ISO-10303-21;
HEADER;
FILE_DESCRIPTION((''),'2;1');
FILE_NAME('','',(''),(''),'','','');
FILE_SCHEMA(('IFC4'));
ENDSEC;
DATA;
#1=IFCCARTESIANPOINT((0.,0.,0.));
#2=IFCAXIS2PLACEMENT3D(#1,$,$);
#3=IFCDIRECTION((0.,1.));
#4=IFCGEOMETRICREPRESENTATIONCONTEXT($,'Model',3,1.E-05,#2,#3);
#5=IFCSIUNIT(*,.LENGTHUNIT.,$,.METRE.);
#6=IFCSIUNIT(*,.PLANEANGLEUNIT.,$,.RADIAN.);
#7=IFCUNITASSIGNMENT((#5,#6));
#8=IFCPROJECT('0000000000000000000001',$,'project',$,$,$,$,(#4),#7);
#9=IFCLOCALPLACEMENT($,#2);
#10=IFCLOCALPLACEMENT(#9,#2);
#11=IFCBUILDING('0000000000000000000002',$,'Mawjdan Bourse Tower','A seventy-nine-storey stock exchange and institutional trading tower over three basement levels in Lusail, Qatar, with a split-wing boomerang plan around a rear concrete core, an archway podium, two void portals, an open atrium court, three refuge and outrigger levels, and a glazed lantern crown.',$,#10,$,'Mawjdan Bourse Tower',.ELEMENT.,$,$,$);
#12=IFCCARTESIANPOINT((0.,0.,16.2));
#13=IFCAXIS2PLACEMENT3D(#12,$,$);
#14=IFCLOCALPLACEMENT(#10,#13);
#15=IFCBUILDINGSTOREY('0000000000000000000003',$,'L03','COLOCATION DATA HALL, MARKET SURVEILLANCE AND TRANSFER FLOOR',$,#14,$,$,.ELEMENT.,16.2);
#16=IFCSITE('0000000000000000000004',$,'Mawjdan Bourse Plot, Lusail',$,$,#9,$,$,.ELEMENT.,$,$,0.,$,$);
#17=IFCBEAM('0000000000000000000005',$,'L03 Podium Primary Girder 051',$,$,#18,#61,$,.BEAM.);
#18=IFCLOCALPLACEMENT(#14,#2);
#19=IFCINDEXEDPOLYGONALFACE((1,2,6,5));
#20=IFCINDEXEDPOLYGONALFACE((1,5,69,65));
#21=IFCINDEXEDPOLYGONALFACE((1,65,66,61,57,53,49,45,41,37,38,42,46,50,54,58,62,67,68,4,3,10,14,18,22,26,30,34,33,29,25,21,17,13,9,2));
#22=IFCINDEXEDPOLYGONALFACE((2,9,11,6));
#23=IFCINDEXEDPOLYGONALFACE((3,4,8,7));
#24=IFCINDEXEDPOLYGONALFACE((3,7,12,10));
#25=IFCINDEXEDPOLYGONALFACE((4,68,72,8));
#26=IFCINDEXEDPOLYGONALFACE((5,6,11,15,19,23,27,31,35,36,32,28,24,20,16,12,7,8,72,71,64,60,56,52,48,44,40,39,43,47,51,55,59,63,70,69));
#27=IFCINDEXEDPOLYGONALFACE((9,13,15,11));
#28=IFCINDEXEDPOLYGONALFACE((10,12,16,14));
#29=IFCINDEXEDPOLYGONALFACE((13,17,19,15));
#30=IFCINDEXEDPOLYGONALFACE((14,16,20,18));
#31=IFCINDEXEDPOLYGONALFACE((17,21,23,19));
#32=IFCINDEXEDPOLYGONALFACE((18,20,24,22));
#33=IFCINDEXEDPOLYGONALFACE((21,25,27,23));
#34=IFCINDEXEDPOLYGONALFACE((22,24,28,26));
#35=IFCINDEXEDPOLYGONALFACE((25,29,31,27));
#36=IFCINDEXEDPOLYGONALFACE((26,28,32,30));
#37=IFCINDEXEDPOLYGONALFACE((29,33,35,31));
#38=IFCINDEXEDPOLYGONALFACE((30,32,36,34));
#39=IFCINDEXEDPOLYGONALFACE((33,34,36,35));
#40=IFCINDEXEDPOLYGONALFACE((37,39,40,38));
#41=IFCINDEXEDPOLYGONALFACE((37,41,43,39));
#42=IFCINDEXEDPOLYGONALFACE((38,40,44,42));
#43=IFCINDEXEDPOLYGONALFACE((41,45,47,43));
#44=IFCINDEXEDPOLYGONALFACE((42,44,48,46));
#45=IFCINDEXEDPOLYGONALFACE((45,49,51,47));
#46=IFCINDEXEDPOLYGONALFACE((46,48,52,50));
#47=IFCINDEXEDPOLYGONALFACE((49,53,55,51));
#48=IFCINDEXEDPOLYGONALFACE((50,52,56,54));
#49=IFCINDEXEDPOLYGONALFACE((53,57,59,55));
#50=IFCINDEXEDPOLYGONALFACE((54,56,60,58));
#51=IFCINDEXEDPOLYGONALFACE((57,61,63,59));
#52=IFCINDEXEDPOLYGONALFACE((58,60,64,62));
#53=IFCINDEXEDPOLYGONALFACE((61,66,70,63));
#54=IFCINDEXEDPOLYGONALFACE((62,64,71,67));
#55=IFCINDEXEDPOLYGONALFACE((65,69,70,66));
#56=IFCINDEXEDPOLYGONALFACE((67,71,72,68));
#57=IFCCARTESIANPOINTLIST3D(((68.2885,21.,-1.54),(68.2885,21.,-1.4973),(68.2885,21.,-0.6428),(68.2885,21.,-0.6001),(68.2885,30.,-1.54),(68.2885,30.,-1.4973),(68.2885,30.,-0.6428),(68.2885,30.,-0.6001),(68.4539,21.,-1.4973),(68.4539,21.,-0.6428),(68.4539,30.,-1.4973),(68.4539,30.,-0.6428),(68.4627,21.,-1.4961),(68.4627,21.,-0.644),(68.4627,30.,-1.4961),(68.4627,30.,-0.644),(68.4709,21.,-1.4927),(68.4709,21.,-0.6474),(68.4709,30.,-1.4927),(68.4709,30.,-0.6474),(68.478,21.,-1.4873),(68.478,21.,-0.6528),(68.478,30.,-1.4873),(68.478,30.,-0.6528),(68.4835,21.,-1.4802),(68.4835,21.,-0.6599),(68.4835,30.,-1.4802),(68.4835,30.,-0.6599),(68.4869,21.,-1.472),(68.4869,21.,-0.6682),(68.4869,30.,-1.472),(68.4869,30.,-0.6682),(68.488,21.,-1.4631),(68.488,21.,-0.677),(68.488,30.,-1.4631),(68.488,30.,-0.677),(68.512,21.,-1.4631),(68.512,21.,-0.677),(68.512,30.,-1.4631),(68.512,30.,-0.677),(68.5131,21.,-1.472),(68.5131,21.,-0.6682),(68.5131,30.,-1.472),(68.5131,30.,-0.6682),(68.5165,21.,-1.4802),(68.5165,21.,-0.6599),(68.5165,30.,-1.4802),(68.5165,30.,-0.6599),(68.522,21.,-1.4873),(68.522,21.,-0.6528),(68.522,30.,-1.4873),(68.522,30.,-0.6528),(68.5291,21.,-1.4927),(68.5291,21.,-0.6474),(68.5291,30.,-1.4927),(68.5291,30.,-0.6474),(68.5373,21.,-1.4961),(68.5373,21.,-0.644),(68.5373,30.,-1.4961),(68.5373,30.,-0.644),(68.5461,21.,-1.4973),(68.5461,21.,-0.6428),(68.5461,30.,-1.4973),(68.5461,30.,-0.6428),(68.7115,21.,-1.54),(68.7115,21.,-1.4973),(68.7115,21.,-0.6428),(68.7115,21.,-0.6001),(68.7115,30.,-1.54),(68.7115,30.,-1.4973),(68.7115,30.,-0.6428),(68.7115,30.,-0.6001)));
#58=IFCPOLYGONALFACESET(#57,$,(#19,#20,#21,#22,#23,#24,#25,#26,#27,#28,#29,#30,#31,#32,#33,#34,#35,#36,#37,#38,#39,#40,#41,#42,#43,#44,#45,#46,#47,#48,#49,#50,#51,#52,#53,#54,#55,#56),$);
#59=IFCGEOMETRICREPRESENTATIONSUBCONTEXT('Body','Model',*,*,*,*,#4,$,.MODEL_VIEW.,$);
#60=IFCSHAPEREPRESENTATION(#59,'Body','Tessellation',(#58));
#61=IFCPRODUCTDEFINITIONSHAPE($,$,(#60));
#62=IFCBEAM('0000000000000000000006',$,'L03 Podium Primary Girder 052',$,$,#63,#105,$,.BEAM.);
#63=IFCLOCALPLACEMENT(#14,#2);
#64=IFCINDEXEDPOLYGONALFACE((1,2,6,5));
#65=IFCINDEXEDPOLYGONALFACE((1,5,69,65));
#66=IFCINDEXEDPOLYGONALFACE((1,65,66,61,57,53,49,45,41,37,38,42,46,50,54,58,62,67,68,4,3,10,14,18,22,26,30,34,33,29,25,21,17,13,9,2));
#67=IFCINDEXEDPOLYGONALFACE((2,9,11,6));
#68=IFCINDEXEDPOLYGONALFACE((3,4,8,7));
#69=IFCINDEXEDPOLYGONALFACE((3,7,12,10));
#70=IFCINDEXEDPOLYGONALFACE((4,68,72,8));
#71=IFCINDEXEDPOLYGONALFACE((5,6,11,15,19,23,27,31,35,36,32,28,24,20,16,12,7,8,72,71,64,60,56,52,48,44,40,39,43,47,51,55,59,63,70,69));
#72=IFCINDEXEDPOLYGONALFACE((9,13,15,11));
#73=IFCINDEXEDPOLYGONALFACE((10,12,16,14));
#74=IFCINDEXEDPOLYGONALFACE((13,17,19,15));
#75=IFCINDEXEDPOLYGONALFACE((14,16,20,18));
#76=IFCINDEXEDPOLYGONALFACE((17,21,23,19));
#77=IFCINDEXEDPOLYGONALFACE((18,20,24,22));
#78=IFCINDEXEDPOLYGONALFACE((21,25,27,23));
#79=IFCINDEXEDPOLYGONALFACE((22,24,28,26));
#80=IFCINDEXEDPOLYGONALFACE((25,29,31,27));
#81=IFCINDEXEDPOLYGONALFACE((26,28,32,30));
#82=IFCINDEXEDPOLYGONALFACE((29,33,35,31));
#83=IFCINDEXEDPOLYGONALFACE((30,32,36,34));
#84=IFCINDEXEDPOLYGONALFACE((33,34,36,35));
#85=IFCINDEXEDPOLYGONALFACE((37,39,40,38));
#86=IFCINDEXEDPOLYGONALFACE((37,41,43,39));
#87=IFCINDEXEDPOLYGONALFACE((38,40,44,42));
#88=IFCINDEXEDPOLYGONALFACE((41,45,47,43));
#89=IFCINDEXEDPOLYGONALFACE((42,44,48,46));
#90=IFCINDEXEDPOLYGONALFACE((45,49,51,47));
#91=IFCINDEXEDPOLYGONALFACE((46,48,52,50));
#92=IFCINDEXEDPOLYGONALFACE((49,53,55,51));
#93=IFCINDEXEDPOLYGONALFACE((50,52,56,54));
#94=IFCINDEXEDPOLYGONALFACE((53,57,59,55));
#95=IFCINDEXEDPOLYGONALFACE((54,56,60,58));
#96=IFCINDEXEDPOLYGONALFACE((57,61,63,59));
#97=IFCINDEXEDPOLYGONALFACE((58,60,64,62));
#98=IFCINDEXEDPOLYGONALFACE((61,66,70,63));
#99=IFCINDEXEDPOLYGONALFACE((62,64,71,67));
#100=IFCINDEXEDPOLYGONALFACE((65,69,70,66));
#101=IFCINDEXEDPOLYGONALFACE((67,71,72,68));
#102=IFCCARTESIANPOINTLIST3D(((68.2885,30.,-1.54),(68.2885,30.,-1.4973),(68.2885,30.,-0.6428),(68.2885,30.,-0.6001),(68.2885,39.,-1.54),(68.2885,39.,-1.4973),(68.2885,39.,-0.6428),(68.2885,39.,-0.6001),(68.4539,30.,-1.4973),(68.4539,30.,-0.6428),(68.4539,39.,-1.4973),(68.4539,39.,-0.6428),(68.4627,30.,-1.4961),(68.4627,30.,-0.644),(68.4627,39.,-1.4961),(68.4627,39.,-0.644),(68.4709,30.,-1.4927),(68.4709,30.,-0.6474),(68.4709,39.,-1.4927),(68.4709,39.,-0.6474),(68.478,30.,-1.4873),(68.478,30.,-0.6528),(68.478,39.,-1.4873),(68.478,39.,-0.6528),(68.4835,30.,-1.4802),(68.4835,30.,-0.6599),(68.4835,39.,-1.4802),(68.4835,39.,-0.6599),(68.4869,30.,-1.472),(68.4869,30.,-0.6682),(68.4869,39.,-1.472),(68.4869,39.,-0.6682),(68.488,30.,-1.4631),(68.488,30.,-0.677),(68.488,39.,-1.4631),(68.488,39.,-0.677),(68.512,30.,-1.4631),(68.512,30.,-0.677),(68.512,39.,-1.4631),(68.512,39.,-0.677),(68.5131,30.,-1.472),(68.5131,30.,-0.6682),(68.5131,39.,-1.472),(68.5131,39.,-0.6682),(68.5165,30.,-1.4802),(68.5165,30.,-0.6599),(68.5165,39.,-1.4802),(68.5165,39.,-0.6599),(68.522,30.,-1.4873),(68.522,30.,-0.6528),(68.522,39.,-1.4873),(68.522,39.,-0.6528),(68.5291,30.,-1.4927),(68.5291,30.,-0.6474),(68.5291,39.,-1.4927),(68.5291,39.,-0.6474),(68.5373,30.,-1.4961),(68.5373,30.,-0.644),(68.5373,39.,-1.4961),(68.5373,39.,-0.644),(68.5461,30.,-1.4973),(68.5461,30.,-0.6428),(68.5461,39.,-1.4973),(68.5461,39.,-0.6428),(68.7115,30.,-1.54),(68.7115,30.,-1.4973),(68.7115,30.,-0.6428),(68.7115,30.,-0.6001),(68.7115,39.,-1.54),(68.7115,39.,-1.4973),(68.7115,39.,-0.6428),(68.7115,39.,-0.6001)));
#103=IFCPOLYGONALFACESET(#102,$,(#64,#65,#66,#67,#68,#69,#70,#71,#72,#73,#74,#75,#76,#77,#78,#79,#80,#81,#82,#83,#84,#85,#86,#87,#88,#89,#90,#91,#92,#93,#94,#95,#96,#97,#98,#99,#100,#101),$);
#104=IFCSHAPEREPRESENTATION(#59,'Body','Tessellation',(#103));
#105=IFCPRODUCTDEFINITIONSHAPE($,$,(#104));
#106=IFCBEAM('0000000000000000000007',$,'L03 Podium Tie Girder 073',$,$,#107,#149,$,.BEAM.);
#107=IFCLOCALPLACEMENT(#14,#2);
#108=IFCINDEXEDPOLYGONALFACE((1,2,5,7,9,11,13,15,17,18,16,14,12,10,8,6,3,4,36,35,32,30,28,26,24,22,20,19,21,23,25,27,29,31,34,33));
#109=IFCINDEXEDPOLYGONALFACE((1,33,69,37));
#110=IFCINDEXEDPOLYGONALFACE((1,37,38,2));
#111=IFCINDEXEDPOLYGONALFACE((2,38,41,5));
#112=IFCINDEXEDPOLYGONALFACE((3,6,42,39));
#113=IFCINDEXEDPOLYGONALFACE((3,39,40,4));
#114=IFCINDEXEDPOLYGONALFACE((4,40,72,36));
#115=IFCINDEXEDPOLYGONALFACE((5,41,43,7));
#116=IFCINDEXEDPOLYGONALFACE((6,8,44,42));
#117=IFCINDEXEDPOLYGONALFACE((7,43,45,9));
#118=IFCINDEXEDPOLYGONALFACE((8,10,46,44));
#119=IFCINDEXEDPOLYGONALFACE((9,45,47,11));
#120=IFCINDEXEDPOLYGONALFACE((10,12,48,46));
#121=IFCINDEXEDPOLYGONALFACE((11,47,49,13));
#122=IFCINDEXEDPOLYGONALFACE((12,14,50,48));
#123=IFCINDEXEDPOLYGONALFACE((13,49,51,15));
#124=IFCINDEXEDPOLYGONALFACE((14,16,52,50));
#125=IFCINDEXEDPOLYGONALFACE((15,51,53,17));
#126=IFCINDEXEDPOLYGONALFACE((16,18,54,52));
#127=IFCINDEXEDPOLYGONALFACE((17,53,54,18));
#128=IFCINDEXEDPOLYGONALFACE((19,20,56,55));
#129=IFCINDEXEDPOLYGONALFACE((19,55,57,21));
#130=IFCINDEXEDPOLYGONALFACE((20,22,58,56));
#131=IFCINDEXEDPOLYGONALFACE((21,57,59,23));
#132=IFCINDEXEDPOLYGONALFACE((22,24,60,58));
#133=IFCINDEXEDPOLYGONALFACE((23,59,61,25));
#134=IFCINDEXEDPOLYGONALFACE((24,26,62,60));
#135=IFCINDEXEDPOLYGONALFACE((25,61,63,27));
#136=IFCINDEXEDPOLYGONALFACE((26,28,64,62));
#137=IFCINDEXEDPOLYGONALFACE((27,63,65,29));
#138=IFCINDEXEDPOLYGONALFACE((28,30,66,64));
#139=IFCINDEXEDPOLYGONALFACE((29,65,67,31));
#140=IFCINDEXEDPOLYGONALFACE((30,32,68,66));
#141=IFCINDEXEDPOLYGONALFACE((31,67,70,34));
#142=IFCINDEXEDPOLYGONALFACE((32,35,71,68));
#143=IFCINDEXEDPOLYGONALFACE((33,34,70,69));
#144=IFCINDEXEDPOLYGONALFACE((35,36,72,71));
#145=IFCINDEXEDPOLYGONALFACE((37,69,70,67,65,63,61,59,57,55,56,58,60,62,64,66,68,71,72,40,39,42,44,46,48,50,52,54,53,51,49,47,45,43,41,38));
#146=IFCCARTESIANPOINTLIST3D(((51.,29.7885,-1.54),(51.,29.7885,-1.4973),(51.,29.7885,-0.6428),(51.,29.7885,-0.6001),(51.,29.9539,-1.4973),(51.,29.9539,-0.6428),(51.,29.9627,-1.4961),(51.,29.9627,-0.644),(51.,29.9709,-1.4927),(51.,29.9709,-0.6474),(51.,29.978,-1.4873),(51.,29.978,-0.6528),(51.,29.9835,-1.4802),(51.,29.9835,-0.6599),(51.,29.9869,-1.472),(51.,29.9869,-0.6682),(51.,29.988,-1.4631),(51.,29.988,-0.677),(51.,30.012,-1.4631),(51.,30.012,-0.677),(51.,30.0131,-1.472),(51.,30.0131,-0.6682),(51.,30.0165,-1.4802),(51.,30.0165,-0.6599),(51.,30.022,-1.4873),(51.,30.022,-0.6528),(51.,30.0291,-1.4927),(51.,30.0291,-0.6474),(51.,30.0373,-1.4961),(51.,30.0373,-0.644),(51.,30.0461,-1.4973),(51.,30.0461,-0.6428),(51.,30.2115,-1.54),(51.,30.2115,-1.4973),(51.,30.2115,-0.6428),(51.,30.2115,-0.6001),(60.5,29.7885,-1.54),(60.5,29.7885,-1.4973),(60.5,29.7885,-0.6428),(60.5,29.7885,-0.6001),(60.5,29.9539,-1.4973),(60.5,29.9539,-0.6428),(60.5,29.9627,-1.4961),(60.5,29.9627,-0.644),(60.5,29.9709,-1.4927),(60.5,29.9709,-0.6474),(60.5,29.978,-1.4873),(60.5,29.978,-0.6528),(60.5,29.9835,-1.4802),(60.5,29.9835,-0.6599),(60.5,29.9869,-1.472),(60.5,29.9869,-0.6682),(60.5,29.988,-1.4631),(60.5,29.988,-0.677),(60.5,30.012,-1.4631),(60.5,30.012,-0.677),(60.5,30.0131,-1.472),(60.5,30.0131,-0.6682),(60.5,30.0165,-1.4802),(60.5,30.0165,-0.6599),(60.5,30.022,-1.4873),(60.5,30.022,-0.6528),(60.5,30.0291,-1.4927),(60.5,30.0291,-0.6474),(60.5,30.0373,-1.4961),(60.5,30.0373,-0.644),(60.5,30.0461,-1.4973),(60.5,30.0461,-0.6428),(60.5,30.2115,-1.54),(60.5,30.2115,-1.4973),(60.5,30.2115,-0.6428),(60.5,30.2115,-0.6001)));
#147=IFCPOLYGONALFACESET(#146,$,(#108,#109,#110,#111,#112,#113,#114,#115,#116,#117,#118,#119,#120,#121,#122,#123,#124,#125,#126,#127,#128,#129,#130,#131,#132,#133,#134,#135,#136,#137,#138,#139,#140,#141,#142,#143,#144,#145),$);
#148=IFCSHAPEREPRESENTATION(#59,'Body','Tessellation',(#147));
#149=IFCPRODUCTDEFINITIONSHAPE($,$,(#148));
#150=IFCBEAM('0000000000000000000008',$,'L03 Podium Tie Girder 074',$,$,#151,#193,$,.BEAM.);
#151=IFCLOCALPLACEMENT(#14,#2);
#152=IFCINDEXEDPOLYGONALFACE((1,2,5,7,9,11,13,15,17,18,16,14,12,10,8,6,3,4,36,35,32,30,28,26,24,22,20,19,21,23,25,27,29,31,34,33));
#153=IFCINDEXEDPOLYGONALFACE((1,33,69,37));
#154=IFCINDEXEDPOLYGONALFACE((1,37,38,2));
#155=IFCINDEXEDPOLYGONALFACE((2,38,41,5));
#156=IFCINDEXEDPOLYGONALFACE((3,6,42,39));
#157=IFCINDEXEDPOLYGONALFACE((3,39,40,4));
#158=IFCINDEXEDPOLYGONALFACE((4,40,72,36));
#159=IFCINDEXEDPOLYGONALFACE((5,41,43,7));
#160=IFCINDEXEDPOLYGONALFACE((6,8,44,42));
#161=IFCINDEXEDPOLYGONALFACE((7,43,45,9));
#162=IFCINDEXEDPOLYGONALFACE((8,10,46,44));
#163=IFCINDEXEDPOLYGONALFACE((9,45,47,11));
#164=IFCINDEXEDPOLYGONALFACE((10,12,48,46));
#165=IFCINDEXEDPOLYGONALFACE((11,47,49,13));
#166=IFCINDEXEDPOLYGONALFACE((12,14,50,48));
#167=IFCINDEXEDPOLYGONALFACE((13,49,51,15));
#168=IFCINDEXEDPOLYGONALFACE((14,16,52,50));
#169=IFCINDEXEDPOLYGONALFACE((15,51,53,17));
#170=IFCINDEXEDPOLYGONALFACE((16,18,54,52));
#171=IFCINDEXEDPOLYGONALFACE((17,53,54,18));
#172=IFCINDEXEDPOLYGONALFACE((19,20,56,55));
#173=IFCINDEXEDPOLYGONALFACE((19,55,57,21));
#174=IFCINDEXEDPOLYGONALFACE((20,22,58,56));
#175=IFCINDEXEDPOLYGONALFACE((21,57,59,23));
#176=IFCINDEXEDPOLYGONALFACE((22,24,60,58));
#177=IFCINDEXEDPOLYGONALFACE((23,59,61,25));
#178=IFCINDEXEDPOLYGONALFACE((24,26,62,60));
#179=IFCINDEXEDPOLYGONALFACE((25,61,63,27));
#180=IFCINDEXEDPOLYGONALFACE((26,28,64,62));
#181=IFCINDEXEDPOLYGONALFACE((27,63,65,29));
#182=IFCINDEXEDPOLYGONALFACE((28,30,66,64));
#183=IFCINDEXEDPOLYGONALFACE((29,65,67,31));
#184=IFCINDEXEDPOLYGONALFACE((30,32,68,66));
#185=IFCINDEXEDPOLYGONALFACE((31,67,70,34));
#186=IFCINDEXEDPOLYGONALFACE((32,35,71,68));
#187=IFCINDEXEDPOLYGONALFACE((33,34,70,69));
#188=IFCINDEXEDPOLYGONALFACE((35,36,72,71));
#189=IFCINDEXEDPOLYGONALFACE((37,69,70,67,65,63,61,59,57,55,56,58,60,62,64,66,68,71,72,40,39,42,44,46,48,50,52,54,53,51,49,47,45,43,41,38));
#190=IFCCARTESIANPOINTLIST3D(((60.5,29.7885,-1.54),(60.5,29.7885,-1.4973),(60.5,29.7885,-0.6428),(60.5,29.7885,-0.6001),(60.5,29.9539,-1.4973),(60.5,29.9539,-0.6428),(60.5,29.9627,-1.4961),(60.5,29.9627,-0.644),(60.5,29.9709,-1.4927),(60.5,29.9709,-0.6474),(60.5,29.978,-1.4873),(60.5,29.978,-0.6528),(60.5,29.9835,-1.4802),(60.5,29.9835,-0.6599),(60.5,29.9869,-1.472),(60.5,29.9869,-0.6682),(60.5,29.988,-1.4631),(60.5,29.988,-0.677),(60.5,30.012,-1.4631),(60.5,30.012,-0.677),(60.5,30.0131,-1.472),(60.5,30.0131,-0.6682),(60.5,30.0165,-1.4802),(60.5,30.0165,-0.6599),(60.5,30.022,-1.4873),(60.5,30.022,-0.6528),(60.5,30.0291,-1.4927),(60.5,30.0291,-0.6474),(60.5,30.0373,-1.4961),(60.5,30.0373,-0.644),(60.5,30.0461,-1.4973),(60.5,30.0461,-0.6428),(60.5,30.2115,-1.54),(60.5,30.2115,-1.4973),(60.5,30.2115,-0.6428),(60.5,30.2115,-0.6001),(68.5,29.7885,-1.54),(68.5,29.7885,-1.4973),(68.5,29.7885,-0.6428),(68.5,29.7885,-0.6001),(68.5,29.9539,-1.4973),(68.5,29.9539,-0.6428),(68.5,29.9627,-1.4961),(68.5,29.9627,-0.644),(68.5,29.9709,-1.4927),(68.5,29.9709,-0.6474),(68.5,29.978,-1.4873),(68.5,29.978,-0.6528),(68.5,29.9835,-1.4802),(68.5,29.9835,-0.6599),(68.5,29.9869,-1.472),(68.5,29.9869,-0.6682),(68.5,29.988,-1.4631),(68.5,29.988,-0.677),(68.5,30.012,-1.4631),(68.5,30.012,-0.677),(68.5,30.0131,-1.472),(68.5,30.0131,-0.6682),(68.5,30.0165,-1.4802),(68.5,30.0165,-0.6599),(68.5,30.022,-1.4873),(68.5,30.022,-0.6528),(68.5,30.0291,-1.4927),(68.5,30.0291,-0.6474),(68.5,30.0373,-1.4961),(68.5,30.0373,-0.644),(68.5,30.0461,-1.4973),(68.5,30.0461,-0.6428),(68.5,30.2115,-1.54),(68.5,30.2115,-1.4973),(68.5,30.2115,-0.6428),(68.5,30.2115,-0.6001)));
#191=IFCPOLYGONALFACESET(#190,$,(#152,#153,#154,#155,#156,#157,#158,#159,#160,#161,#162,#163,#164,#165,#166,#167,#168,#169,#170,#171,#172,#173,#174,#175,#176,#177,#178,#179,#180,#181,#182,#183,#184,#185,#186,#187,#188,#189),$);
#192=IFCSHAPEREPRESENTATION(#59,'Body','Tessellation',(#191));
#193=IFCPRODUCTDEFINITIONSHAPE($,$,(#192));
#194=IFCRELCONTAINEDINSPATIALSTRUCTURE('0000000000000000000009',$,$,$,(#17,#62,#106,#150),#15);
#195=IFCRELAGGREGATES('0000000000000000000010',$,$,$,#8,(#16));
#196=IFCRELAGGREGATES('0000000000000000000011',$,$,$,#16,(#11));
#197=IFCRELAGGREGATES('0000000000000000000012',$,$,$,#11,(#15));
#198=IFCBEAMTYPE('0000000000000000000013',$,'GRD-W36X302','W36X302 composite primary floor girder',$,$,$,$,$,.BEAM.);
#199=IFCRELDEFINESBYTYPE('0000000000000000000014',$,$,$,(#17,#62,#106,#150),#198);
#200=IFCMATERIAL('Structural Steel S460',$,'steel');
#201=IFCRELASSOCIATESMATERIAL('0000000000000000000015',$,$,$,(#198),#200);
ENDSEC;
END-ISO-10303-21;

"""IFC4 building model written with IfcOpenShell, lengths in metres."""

from ifc_helpers import new_model, si_unit, direction, frame, origin, origin_2d, place, context, subcontext, project, spatial, i_section, extrude, material, material_profile, profile_set, type_object, element, save


model = new_model("IFC4")

# Units and contexts
model_context = context("Model", 3, precision=1e-05, world=origin(), true_north=direction((0.0, 1.0)))
body_context = subcontext(model_context, "Body", "Model", "MODEL_VIEW")
ifc_project = project(units=[si_unit("LENGTHUNIT", "METRE"), si_unit("PLANEANGLEUNIT", "RADIAN")], contexts=[model_context])

# Site, building, storey
site_placement = place(None, origin())
site = spatial("IfcSite", under=ifc_project, at=site_placement, Name="Mawjdan Bourse Plot, Lusail", CompositionType="ELEMENT", RefElevation=0.0)
building_placement = place(site_placement, origin())
building = spatial("IfcBuilding", under=site, at=building_placement, Name="Mawjdan Bourse Tower", Description="A seventy-nine-storey stock exchange and institutional trading tower over three basement levels in Lusail, Qatar, with a split-wing boomerang plan around a rear concrete core, an archway podium, two void portals, an open atrium court, three refuge and outrigger levels, and a glazed lantern crown.", LongName="Mawjdan Bourse Tower", CompositionType="ELEMENT")
storey_placement = place(building_placement, frame((0.0, 0.0, 16.2)))
storey = spatial("IfcBuildingStorey", under=building, at=storey_placement, Name="L03", Description="COLOCATION DATA HALL, MARKET SURVEILLANCE AND TRANSFER FLOOR", CompositionType="ELEMENT", Elevation=16.2)

# Beams
ifc_material_1 = material(Name="Structural Steel S460", Category="steel")
ifc_material_profile_1 = material_profile(ifc_material_1, i_section(OverallWidth=0.4231, OverallDepth=0.9399, WebThickness=0.0239, FlangeThickness=0.0427, FilletRadius=0.0342, at=origin_2d()), Name="W36X302")
ifc_profile_set_1 = profile_set([ifc_material_profile_1], Name="Structural Steel S460")
beam_type_1 = type_object("IfcBeamType", Name="GRD-W36X302", Description="W36X302 composite primary floor girder", PredefinedType="BEAM", material=ifc_profile_set_1)
for number, where, z_axis, x_axis, name in (
    (1, (68.5, 21.0, -1.0701), (0.0, 1.0, 0.0), (-1.0, 0.0, 0.0), "L03 Podium Primary Girder 051"),
    (2, (68.5, 30.0, -1.0701), (0.0, 1.0, 0.0), (-1.0, 0.0, 0.0), "L03 Podium Primary Girder 052"),
):
    element("IfcBeam", number, at=place(storey_placement, frame(where, z_axis=z_axis, x_axis=x_axis)), inside=storey, type_object=beam_type_1, Name=name, PredefinedType="BEAM", context=body_context, shape_type="SweptSolid", body=[
        extrude(i_section(OverallWidth=0.4231, OverallDepth=0.9399, WebThickness=0.0239, FlangeThickness=0.0427, FilletRadius=0.0342, at=origin_2d()), origin(), (0.0, 0.0, 1.0), 9.0),
    ])
beam_1_placement = place(storey_placement, frame((51.0, 30.0, -1.0701), z_axis=(1.0, 0.0, 0.0), x_axis=(0.0, 1.0, 0.0)))
element("IfcBeam", 3, at=beam_1_placement, inside=storey, type_object=beam_type_1, Name="L03 Podium Tie Girder 073", PredefinedType="BEAM", context=body_context, shape_type="SweptSolid", body=[
    extrude(i_section(OverallWidth=0.4231, OverallDepth=0.9399, WebThickness=0.0239, FlangeThickness=0.0427, FilletRadius=0.0342, at=origin_2d()), origin(), (0.0, 0.0, 1.0), 9.5),
])
beam_2_placement = place(storey_placement, frame((60.5, 30.0, -1.0701), z_axis=(1.0, 0.0, 0.0), x_axis=(0.0, 1.0, 0.0)))
element("IfcBeam", 4, at=beam_2_placement, inside=storey, type_object=beam_type_1, Name="L03 Podium Tie Girder 074", PredefinedType="BEAM", context=body_context, shape_type="SweptSolid", body=[
    extrude(i_section(OverallWidth=0.4231, OverallDepth=0.9399, WebThickness=0.0239, FlangeThickness=0.0427, FilletRadius=0.0342, at=origin_2d()), origin(), (0.0, 0.0, 1.0), 8.0),
])

save(model, "model.ifc")
